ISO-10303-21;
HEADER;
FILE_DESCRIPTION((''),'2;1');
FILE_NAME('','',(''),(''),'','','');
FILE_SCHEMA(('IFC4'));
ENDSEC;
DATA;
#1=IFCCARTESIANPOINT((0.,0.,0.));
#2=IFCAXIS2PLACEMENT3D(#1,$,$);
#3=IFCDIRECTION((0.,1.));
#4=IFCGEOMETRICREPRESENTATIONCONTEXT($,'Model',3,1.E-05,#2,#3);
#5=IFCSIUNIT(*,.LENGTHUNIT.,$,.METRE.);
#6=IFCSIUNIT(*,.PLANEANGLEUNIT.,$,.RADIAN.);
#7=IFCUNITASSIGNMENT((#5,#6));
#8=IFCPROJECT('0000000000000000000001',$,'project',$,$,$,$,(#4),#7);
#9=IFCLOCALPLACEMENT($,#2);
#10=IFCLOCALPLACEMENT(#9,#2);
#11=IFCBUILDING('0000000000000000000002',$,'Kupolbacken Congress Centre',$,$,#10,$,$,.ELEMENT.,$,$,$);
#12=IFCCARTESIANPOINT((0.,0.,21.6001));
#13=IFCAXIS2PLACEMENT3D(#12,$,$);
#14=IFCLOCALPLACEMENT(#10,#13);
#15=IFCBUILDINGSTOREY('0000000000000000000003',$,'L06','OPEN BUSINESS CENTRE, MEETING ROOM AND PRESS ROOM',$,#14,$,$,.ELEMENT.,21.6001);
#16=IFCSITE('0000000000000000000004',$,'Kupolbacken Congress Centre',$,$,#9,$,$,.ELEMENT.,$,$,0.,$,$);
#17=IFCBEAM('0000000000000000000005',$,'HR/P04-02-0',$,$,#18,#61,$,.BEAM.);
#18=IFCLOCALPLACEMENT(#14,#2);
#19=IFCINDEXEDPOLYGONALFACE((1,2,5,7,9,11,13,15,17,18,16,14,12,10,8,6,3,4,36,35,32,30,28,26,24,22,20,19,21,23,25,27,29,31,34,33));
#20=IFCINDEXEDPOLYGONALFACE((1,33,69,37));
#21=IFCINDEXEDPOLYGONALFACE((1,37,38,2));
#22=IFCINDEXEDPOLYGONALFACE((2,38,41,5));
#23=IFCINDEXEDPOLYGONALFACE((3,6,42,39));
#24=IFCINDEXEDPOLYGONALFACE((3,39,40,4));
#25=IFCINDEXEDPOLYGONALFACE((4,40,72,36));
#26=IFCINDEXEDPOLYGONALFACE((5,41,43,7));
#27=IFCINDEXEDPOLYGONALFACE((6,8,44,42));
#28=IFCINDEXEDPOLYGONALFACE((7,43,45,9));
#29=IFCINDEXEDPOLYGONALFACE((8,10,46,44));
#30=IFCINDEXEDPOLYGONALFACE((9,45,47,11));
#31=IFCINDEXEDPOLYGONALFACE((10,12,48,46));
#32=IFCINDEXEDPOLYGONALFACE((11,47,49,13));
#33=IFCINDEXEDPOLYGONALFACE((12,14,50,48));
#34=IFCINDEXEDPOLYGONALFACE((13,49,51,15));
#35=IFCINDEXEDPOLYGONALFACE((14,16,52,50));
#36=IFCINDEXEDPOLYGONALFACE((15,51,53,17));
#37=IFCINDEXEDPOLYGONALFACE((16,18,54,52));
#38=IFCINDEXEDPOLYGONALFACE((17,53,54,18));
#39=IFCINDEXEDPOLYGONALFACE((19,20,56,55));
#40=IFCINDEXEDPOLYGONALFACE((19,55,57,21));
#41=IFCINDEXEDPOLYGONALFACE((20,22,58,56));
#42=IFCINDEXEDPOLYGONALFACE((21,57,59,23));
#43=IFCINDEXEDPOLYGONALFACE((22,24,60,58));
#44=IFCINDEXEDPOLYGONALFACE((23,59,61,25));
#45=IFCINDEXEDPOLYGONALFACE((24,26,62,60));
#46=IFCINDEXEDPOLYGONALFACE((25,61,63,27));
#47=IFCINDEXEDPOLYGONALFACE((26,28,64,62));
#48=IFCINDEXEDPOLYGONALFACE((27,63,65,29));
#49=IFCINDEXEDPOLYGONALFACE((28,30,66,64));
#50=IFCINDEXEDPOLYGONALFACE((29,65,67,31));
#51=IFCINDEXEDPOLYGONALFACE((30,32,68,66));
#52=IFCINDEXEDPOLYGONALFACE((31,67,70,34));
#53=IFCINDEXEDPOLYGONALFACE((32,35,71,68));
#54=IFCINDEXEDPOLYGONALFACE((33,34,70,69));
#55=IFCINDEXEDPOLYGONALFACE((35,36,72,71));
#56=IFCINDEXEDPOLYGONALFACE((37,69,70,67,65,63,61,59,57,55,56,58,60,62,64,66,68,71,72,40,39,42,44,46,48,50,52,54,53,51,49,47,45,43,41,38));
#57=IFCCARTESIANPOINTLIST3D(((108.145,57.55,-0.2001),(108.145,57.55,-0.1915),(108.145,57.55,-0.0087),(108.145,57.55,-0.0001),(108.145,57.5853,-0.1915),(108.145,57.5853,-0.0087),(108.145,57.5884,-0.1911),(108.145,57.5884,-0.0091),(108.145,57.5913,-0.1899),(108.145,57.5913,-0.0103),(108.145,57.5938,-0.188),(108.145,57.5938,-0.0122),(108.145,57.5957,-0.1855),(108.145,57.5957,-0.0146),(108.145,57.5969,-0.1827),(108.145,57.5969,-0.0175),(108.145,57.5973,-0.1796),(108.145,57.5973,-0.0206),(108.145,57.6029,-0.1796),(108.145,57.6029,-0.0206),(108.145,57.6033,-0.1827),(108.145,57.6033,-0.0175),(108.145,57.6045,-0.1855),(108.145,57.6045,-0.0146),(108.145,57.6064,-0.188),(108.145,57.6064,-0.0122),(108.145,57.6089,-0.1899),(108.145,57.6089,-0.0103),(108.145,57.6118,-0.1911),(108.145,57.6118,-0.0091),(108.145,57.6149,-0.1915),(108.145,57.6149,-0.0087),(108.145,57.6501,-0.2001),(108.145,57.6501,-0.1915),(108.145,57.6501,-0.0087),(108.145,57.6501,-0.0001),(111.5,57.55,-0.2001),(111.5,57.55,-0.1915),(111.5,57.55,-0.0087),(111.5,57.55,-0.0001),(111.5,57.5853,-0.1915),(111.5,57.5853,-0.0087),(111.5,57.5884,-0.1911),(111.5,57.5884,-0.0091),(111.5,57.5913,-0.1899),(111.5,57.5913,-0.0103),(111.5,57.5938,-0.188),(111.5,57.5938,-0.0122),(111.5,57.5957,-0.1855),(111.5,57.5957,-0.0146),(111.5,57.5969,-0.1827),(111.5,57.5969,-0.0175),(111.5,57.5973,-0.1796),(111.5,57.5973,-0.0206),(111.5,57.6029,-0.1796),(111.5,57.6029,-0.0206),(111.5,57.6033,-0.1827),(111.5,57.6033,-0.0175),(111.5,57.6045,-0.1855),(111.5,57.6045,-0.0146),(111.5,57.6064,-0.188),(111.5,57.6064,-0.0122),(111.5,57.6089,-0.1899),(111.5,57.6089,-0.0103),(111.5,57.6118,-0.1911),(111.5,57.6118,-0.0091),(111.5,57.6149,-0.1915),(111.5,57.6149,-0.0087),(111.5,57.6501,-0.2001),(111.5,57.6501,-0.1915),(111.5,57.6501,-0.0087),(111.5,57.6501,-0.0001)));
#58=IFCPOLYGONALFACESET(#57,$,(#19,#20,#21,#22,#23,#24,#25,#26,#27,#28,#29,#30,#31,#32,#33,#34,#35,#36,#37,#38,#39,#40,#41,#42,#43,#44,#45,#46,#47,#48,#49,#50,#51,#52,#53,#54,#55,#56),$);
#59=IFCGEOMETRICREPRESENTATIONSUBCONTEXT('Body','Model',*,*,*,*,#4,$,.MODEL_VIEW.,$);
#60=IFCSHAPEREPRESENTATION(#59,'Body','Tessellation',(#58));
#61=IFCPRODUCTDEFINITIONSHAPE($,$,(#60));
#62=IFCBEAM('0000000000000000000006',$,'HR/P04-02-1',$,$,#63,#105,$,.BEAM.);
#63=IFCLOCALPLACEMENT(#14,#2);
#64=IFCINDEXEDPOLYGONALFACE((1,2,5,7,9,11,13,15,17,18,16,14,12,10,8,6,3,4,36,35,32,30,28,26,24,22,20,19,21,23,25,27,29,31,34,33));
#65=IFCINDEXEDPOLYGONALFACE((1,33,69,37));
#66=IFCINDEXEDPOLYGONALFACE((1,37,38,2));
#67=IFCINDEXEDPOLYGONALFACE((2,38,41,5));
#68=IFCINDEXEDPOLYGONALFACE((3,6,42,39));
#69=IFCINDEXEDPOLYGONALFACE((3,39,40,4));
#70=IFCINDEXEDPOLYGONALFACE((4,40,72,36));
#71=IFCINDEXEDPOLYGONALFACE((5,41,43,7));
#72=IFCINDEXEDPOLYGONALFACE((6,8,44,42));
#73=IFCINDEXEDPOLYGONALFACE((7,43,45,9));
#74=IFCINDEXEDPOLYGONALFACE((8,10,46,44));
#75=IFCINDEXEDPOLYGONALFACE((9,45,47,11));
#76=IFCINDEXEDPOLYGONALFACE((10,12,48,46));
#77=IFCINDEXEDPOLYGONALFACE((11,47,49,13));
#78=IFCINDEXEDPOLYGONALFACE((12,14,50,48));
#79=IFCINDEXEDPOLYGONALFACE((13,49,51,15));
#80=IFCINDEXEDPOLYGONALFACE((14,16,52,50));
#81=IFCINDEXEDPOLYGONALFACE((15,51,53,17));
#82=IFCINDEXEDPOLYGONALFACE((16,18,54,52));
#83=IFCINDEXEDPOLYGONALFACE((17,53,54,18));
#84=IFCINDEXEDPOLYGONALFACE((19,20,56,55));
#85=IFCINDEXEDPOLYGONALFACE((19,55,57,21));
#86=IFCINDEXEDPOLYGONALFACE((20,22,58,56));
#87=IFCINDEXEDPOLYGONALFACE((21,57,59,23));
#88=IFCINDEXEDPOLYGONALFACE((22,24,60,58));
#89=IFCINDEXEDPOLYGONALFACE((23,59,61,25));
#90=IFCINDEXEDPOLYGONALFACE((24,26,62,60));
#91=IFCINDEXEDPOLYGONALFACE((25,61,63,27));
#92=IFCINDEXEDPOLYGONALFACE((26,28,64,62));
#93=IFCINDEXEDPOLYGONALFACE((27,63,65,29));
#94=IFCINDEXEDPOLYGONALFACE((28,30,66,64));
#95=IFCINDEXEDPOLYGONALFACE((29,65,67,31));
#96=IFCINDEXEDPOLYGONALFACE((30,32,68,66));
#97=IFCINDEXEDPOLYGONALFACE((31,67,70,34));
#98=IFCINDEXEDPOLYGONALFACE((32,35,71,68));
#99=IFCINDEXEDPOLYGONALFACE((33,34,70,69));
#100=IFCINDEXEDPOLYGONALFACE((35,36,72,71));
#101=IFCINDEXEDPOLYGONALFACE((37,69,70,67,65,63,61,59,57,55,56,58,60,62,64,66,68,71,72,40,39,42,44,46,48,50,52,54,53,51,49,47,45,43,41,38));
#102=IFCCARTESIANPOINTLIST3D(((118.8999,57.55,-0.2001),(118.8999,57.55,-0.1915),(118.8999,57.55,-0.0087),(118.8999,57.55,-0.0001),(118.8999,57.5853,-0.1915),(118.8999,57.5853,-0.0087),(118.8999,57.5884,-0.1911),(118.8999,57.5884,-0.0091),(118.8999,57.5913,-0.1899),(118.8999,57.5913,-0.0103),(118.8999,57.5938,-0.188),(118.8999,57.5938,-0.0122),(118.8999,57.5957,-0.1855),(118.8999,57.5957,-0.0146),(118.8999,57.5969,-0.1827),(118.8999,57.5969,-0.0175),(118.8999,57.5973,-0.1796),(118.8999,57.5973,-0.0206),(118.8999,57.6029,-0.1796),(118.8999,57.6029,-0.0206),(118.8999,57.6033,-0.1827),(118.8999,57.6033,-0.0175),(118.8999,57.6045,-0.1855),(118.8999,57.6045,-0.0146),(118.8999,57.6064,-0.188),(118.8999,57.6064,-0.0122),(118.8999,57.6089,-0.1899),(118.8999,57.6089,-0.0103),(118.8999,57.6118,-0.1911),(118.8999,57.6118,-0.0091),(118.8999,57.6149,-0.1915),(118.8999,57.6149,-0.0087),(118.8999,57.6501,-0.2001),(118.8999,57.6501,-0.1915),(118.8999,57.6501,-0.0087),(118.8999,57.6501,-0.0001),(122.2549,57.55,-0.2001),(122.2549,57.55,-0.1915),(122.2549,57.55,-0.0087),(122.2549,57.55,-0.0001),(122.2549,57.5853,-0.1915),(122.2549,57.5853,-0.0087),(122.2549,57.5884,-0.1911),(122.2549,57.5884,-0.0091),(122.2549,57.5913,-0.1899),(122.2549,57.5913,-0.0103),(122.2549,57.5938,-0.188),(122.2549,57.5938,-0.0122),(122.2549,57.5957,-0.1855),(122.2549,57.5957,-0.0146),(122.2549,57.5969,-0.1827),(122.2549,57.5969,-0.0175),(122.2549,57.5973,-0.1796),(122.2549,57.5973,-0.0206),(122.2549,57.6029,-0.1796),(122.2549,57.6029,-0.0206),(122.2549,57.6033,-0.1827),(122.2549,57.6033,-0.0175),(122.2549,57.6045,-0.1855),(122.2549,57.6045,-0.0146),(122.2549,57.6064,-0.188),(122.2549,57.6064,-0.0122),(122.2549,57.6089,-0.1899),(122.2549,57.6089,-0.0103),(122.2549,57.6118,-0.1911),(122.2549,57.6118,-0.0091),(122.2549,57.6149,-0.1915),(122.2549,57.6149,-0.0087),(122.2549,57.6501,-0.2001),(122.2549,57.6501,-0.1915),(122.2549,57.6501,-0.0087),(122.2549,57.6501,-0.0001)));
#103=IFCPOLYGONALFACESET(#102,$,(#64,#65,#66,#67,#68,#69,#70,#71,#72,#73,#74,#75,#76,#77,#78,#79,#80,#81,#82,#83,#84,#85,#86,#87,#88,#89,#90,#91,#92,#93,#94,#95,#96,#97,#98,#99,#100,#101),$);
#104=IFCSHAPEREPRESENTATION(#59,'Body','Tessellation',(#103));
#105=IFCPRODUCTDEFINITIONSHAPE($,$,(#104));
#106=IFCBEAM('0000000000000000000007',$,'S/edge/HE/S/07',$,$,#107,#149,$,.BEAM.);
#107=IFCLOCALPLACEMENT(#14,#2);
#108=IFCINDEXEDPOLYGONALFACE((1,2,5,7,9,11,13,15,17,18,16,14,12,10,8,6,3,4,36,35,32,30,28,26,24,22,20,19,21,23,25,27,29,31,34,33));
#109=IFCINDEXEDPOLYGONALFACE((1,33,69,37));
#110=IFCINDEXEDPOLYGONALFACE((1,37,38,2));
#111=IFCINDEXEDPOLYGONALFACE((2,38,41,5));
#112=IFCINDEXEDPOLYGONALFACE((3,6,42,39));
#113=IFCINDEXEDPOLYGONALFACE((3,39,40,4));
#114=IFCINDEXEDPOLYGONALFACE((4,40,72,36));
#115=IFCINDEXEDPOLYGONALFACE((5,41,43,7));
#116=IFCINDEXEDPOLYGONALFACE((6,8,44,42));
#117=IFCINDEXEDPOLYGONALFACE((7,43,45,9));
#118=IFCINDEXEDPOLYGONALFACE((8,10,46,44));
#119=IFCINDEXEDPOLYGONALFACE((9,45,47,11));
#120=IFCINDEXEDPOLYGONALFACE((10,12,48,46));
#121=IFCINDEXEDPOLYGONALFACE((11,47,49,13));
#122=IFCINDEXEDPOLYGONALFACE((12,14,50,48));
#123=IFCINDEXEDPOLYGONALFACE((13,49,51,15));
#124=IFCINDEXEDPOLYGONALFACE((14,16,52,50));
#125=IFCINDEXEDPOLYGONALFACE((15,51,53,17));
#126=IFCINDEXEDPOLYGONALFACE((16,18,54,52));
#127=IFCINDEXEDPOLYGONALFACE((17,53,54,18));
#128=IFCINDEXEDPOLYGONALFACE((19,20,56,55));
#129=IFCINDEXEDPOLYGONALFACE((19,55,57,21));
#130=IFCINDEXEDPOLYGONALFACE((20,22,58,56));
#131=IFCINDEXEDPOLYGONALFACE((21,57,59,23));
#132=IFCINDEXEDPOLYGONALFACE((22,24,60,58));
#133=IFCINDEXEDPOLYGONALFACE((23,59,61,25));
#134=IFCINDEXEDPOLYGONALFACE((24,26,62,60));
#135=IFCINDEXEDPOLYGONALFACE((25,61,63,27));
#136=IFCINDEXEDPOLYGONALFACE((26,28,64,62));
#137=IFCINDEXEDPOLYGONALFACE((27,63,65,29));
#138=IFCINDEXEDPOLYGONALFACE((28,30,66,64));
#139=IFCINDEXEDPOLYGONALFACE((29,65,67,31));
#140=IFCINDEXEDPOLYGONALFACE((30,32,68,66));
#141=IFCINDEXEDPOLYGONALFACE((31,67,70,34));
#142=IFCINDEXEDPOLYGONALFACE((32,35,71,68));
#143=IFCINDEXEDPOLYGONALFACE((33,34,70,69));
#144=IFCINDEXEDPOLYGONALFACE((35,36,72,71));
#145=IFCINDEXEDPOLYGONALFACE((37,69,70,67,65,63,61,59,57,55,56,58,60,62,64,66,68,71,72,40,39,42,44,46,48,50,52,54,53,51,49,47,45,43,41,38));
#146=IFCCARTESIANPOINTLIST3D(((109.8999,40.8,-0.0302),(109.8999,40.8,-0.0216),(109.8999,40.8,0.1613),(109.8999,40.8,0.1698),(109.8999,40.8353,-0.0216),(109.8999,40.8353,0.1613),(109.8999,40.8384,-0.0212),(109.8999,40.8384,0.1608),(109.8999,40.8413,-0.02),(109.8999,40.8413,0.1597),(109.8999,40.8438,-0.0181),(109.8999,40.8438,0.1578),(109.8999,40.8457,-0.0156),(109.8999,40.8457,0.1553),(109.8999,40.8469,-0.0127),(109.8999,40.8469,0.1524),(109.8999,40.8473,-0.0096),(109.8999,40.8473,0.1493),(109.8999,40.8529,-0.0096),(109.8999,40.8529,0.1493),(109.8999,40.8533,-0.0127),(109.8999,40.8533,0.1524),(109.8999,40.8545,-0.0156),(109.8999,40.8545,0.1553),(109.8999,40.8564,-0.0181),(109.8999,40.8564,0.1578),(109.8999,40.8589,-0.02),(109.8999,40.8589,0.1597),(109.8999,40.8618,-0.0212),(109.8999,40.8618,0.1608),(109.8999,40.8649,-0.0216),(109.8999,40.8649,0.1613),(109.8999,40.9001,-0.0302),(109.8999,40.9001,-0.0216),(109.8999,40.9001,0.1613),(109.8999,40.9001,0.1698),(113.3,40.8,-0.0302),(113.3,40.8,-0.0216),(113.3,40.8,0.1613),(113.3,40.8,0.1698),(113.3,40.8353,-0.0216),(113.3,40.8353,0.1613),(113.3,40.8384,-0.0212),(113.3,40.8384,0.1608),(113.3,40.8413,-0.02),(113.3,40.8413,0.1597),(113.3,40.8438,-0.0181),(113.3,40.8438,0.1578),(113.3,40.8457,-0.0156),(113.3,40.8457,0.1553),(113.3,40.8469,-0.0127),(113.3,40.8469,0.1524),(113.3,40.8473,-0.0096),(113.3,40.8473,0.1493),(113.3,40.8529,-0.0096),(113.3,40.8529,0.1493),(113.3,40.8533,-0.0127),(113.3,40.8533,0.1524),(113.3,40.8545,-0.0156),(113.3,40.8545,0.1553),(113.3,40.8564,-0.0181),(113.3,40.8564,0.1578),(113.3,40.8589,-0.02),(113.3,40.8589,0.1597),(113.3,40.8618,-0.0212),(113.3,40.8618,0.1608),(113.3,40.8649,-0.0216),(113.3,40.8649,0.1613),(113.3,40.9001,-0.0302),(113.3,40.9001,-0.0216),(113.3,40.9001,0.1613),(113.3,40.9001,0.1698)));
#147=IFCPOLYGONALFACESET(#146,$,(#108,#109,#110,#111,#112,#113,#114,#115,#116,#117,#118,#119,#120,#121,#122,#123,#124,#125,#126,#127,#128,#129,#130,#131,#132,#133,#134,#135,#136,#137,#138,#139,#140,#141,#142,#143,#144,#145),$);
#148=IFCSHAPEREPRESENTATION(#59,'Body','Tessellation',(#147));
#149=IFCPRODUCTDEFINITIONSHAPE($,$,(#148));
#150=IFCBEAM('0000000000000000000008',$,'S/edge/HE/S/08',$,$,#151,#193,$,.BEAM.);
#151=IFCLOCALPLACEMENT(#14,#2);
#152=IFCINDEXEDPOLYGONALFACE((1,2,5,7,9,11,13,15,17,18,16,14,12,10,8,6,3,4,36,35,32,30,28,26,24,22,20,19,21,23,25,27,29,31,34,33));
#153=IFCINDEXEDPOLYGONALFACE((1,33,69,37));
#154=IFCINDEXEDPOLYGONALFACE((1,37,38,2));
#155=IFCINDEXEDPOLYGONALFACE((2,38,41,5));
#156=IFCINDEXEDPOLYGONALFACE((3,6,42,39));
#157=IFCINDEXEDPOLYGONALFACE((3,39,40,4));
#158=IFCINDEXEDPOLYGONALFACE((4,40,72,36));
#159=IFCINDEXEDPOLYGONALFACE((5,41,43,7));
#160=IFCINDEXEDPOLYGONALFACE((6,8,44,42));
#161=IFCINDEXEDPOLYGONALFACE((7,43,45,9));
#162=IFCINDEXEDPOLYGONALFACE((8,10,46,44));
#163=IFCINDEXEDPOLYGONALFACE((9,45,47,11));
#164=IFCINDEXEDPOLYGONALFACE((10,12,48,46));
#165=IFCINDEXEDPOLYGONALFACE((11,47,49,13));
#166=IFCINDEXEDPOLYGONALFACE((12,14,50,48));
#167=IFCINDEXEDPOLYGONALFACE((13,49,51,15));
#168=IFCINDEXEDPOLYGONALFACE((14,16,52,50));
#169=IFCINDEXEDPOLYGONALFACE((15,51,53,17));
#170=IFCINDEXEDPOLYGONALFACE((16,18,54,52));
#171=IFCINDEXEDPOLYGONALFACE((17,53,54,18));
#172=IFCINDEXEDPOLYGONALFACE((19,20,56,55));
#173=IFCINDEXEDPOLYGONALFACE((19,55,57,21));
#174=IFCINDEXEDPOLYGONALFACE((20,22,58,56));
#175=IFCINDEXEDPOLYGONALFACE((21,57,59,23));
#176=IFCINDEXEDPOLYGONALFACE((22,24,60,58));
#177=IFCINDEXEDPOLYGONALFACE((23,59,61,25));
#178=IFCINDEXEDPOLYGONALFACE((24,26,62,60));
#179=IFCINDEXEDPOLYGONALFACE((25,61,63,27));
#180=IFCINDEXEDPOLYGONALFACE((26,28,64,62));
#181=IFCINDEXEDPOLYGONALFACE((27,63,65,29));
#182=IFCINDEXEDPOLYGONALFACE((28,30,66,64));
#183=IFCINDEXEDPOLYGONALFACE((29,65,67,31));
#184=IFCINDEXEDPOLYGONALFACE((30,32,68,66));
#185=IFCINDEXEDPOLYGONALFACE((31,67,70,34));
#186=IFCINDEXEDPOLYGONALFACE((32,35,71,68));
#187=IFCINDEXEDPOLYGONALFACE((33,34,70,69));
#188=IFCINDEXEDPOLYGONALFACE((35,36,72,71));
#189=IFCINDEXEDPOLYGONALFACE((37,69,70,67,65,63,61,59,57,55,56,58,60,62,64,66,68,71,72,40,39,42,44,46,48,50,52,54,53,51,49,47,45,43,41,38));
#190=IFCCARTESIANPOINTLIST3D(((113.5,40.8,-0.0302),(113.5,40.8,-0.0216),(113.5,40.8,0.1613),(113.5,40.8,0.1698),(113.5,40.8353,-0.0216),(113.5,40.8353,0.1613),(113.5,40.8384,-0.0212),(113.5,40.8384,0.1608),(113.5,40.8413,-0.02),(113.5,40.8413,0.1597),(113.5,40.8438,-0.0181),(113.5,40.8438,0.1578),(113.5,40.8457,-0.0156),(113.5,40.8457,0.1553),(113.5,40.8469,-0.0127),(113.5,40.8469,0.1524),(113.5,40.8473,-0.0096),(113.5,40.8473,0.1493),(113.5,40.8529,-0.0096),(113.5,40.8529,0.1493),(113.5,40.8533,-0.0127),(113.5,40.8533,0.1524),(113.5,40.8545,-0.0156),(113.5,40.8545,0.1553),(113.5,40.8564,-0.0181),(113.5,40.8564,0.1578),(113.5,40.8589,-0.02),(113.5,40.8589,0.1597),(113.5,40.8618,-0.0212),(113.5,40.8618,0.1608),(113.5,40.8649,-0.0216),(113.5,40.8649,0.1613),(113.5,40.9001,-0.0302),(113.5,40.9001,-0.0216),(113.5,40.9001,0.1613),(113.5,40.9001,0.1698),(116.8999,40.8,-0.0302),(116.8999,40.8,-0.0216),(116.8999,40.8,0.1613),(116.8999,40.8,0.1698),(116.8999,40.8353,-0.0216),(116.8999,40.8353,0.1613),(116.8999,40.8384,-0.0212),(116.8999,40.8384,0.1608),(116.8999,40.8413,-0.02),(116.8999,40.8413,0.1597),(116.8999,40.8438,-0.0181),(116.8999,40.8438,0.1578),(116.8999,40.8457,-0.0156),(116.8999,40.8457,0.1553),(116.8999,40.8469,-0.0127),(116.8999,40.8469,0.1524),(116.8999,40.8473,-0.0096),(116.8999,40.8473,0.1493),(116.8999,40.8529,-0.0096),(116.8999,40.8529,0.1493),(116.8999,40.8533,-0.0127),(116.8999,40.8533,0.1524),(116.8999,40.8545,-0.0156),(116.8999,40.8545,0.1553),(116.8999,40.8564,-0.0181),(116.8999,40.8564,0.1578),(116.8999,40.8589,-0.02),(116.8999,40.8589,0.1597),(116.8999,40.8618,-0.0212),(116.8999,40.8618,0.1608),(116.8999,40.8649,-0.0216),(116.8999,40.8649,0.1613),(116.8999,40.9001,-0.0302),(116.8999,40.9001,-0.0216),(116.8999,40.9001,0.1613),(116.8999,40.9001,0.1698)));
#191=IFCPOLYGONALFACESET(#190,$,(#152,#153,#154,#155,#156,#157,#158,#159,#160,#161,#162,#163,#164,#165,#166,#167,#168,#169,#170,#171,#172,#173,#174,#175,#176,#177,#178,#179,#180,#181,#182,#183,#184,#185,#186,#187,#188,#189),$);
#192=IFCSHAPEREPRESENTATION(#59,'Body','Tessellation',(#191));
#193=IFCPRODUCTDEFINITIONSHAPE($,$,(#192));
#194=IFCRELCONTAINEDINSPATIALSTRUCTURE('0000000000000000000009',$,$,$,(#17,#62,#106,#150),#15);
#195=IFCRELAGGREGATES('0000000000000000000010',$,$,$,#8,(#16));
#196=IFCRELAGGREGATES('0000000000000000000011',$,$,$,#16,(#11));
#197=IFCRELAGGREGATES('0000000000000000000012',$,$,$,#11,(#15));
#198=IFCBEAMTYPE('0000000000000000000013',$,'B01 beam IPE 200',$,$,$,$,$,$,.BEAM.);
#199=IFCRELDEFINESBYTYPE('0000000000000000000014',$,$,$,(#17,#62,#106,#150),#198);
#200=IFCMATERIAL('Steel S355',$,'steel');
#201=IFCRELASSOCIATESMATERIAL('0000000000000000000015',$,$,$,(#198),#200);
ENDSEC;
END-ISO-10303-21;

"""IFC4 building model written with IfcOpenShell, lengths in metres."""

from ifc_helpers import new_model, si_unit, direction, frame, origin, origin_2d, place, context, subcontext, project, spatial, i_section, extrude, material, material_profile, profile_set, type_object, element, save


model = new_model("IFC4")

# Units and contexts
model_context = context("Model", 3, precision=1e-05, world=origin(), true_north=direction((0.0, 1.0)))
body_context = subcontext(model_context, "Body", "Model", "MODEL_VIEW")
ifc_project = project(units=[si_unit("LENGTHUNIT", "METRE"), si_unit("PLANEANGLEUNIT", "RADIAN")], contexts=[model_context])

# Site, building, storey
site_placement = place(None, origin())
site = spatial("IfcSite", under=ifc_project, at=site_placement, Name="Kupolbacken Congress Centre", CompositionType="ELEMENT", RefElevation=0.0)
building_placement = place(site_placement, origin())
building = spatial("IfcBuilding", under=site, at=building_placement, Name="Kupolbacken Congress Centre", CompositionType="ELEMENT")
storey_placement = place(building_placement, frame((0.0, 0.0, 21.6001)))
storey = spatial("IfcBuildingStorey", under=building, at=storey_placement, Name="L06", Description="OPEN BUSINESS CENTRE, MEETING ROOM AND PRESS ROOM", CompositionType="ELEMENT", Elevation=21.6001)

# Beams
ifc_material_1 = material(Name="Steel S355", Category="steel")
ifc_material_profile_1 = material_profile(ifc_material_1, i_section(OverallWidth=0.1001, OverallDepth=0.2, WebThickness=0.0056, FlangeThickness=0.0085, FilletRadius=0.012, at=origin_2d()), Name="IPE 200")
ifc_profile_set_1 = profile_set([ifc_material_profile_1], Name="Steel S355")
beam_type_1 = type_object("IfcBeamType", Name="B01 beam IPE 200", PredefinedType="BEAM", material=ifc_profile_set_1)
for number, where, z_axis, x_axis, name in (
    (1, (108.145, 57.6001, -0.1001), (1.0, 0.0, 0.0), (0.0, 1.0, 0.0), "HR/P04-02-0"),
    (2, (118.8999, 57.6001, -0.1001), (1.0, 0.0, 0.0), (0.0, 1.0, 0.0), "HR/P04-02-1"),
):
    element("IfcBeam", number, at=place(storey_placement, frame(where, z_axis=z_axis, x_axis=x_axis)), inside=storey, type_object=beam_type_1, Name=name, PredefinedType="BEAM", context=body_context, shape_type="SweptSolid", body=[
        extrude(i_section(OverallWidth=0.1001, OverallDepth=0.2, WebThickness=0.0056, FlangeThickness=0.0085, FilletRadius=0.012, at=origin_2d()), origin(), (0.0, 0.0, 1.0), 3.355),
    ])
beam_1_placement = place(storey_placement, frame((109.8999, 40.8501, 0.0698), z_axis=(1.0, 0.0, 0.0), x_axis=(0.0, 1.0, 0.0)))
element("IfcBeam", 3, at=beam_1_placement, inside=storey, type_object=beam_type_1, Name="S/edge/HE/S/07", PredefinedType="BEAM", context=body_context, shape_type="SweptSolid", body=[
    extrude(i_section(OverallWidth=0.1001, OverallDepth=0.2, WebThickness=0.0056, FlangeThickness=0.0085, FilletRadius=0.012, at=origin_2d()), origin(), (0.0, 0.0, 1.0), 3.4001),
])
for number, where, z_axis, x_axis, name in (
    (4, (113.5, 40.8501, 0.0698), (1.0, 0.0, 0.0), (0.0, 1.0, 0.0), "S/edge/HE/S/08"),
):
    element("IfcBeam", number, at=place(storey_placement, frame(where, z_axis=z_axis, x_axis=x_axis)), inside=storey, type_object=beam_type_1, Name=name, PredefinedType="BEAM", context=body_context, shape_type="SweptSolid", body=[
        extrude(i_section(OverallWidth=0.1001, OverallDepth=0.2, WebThickness=0.0056, FlangeThickness=0.0085, FilletRadius=0.012, at=origin_2d()), origin(), (0.0, 0.0, 1.0), 3.3999),
    ])

save(model, "model.ifc")
